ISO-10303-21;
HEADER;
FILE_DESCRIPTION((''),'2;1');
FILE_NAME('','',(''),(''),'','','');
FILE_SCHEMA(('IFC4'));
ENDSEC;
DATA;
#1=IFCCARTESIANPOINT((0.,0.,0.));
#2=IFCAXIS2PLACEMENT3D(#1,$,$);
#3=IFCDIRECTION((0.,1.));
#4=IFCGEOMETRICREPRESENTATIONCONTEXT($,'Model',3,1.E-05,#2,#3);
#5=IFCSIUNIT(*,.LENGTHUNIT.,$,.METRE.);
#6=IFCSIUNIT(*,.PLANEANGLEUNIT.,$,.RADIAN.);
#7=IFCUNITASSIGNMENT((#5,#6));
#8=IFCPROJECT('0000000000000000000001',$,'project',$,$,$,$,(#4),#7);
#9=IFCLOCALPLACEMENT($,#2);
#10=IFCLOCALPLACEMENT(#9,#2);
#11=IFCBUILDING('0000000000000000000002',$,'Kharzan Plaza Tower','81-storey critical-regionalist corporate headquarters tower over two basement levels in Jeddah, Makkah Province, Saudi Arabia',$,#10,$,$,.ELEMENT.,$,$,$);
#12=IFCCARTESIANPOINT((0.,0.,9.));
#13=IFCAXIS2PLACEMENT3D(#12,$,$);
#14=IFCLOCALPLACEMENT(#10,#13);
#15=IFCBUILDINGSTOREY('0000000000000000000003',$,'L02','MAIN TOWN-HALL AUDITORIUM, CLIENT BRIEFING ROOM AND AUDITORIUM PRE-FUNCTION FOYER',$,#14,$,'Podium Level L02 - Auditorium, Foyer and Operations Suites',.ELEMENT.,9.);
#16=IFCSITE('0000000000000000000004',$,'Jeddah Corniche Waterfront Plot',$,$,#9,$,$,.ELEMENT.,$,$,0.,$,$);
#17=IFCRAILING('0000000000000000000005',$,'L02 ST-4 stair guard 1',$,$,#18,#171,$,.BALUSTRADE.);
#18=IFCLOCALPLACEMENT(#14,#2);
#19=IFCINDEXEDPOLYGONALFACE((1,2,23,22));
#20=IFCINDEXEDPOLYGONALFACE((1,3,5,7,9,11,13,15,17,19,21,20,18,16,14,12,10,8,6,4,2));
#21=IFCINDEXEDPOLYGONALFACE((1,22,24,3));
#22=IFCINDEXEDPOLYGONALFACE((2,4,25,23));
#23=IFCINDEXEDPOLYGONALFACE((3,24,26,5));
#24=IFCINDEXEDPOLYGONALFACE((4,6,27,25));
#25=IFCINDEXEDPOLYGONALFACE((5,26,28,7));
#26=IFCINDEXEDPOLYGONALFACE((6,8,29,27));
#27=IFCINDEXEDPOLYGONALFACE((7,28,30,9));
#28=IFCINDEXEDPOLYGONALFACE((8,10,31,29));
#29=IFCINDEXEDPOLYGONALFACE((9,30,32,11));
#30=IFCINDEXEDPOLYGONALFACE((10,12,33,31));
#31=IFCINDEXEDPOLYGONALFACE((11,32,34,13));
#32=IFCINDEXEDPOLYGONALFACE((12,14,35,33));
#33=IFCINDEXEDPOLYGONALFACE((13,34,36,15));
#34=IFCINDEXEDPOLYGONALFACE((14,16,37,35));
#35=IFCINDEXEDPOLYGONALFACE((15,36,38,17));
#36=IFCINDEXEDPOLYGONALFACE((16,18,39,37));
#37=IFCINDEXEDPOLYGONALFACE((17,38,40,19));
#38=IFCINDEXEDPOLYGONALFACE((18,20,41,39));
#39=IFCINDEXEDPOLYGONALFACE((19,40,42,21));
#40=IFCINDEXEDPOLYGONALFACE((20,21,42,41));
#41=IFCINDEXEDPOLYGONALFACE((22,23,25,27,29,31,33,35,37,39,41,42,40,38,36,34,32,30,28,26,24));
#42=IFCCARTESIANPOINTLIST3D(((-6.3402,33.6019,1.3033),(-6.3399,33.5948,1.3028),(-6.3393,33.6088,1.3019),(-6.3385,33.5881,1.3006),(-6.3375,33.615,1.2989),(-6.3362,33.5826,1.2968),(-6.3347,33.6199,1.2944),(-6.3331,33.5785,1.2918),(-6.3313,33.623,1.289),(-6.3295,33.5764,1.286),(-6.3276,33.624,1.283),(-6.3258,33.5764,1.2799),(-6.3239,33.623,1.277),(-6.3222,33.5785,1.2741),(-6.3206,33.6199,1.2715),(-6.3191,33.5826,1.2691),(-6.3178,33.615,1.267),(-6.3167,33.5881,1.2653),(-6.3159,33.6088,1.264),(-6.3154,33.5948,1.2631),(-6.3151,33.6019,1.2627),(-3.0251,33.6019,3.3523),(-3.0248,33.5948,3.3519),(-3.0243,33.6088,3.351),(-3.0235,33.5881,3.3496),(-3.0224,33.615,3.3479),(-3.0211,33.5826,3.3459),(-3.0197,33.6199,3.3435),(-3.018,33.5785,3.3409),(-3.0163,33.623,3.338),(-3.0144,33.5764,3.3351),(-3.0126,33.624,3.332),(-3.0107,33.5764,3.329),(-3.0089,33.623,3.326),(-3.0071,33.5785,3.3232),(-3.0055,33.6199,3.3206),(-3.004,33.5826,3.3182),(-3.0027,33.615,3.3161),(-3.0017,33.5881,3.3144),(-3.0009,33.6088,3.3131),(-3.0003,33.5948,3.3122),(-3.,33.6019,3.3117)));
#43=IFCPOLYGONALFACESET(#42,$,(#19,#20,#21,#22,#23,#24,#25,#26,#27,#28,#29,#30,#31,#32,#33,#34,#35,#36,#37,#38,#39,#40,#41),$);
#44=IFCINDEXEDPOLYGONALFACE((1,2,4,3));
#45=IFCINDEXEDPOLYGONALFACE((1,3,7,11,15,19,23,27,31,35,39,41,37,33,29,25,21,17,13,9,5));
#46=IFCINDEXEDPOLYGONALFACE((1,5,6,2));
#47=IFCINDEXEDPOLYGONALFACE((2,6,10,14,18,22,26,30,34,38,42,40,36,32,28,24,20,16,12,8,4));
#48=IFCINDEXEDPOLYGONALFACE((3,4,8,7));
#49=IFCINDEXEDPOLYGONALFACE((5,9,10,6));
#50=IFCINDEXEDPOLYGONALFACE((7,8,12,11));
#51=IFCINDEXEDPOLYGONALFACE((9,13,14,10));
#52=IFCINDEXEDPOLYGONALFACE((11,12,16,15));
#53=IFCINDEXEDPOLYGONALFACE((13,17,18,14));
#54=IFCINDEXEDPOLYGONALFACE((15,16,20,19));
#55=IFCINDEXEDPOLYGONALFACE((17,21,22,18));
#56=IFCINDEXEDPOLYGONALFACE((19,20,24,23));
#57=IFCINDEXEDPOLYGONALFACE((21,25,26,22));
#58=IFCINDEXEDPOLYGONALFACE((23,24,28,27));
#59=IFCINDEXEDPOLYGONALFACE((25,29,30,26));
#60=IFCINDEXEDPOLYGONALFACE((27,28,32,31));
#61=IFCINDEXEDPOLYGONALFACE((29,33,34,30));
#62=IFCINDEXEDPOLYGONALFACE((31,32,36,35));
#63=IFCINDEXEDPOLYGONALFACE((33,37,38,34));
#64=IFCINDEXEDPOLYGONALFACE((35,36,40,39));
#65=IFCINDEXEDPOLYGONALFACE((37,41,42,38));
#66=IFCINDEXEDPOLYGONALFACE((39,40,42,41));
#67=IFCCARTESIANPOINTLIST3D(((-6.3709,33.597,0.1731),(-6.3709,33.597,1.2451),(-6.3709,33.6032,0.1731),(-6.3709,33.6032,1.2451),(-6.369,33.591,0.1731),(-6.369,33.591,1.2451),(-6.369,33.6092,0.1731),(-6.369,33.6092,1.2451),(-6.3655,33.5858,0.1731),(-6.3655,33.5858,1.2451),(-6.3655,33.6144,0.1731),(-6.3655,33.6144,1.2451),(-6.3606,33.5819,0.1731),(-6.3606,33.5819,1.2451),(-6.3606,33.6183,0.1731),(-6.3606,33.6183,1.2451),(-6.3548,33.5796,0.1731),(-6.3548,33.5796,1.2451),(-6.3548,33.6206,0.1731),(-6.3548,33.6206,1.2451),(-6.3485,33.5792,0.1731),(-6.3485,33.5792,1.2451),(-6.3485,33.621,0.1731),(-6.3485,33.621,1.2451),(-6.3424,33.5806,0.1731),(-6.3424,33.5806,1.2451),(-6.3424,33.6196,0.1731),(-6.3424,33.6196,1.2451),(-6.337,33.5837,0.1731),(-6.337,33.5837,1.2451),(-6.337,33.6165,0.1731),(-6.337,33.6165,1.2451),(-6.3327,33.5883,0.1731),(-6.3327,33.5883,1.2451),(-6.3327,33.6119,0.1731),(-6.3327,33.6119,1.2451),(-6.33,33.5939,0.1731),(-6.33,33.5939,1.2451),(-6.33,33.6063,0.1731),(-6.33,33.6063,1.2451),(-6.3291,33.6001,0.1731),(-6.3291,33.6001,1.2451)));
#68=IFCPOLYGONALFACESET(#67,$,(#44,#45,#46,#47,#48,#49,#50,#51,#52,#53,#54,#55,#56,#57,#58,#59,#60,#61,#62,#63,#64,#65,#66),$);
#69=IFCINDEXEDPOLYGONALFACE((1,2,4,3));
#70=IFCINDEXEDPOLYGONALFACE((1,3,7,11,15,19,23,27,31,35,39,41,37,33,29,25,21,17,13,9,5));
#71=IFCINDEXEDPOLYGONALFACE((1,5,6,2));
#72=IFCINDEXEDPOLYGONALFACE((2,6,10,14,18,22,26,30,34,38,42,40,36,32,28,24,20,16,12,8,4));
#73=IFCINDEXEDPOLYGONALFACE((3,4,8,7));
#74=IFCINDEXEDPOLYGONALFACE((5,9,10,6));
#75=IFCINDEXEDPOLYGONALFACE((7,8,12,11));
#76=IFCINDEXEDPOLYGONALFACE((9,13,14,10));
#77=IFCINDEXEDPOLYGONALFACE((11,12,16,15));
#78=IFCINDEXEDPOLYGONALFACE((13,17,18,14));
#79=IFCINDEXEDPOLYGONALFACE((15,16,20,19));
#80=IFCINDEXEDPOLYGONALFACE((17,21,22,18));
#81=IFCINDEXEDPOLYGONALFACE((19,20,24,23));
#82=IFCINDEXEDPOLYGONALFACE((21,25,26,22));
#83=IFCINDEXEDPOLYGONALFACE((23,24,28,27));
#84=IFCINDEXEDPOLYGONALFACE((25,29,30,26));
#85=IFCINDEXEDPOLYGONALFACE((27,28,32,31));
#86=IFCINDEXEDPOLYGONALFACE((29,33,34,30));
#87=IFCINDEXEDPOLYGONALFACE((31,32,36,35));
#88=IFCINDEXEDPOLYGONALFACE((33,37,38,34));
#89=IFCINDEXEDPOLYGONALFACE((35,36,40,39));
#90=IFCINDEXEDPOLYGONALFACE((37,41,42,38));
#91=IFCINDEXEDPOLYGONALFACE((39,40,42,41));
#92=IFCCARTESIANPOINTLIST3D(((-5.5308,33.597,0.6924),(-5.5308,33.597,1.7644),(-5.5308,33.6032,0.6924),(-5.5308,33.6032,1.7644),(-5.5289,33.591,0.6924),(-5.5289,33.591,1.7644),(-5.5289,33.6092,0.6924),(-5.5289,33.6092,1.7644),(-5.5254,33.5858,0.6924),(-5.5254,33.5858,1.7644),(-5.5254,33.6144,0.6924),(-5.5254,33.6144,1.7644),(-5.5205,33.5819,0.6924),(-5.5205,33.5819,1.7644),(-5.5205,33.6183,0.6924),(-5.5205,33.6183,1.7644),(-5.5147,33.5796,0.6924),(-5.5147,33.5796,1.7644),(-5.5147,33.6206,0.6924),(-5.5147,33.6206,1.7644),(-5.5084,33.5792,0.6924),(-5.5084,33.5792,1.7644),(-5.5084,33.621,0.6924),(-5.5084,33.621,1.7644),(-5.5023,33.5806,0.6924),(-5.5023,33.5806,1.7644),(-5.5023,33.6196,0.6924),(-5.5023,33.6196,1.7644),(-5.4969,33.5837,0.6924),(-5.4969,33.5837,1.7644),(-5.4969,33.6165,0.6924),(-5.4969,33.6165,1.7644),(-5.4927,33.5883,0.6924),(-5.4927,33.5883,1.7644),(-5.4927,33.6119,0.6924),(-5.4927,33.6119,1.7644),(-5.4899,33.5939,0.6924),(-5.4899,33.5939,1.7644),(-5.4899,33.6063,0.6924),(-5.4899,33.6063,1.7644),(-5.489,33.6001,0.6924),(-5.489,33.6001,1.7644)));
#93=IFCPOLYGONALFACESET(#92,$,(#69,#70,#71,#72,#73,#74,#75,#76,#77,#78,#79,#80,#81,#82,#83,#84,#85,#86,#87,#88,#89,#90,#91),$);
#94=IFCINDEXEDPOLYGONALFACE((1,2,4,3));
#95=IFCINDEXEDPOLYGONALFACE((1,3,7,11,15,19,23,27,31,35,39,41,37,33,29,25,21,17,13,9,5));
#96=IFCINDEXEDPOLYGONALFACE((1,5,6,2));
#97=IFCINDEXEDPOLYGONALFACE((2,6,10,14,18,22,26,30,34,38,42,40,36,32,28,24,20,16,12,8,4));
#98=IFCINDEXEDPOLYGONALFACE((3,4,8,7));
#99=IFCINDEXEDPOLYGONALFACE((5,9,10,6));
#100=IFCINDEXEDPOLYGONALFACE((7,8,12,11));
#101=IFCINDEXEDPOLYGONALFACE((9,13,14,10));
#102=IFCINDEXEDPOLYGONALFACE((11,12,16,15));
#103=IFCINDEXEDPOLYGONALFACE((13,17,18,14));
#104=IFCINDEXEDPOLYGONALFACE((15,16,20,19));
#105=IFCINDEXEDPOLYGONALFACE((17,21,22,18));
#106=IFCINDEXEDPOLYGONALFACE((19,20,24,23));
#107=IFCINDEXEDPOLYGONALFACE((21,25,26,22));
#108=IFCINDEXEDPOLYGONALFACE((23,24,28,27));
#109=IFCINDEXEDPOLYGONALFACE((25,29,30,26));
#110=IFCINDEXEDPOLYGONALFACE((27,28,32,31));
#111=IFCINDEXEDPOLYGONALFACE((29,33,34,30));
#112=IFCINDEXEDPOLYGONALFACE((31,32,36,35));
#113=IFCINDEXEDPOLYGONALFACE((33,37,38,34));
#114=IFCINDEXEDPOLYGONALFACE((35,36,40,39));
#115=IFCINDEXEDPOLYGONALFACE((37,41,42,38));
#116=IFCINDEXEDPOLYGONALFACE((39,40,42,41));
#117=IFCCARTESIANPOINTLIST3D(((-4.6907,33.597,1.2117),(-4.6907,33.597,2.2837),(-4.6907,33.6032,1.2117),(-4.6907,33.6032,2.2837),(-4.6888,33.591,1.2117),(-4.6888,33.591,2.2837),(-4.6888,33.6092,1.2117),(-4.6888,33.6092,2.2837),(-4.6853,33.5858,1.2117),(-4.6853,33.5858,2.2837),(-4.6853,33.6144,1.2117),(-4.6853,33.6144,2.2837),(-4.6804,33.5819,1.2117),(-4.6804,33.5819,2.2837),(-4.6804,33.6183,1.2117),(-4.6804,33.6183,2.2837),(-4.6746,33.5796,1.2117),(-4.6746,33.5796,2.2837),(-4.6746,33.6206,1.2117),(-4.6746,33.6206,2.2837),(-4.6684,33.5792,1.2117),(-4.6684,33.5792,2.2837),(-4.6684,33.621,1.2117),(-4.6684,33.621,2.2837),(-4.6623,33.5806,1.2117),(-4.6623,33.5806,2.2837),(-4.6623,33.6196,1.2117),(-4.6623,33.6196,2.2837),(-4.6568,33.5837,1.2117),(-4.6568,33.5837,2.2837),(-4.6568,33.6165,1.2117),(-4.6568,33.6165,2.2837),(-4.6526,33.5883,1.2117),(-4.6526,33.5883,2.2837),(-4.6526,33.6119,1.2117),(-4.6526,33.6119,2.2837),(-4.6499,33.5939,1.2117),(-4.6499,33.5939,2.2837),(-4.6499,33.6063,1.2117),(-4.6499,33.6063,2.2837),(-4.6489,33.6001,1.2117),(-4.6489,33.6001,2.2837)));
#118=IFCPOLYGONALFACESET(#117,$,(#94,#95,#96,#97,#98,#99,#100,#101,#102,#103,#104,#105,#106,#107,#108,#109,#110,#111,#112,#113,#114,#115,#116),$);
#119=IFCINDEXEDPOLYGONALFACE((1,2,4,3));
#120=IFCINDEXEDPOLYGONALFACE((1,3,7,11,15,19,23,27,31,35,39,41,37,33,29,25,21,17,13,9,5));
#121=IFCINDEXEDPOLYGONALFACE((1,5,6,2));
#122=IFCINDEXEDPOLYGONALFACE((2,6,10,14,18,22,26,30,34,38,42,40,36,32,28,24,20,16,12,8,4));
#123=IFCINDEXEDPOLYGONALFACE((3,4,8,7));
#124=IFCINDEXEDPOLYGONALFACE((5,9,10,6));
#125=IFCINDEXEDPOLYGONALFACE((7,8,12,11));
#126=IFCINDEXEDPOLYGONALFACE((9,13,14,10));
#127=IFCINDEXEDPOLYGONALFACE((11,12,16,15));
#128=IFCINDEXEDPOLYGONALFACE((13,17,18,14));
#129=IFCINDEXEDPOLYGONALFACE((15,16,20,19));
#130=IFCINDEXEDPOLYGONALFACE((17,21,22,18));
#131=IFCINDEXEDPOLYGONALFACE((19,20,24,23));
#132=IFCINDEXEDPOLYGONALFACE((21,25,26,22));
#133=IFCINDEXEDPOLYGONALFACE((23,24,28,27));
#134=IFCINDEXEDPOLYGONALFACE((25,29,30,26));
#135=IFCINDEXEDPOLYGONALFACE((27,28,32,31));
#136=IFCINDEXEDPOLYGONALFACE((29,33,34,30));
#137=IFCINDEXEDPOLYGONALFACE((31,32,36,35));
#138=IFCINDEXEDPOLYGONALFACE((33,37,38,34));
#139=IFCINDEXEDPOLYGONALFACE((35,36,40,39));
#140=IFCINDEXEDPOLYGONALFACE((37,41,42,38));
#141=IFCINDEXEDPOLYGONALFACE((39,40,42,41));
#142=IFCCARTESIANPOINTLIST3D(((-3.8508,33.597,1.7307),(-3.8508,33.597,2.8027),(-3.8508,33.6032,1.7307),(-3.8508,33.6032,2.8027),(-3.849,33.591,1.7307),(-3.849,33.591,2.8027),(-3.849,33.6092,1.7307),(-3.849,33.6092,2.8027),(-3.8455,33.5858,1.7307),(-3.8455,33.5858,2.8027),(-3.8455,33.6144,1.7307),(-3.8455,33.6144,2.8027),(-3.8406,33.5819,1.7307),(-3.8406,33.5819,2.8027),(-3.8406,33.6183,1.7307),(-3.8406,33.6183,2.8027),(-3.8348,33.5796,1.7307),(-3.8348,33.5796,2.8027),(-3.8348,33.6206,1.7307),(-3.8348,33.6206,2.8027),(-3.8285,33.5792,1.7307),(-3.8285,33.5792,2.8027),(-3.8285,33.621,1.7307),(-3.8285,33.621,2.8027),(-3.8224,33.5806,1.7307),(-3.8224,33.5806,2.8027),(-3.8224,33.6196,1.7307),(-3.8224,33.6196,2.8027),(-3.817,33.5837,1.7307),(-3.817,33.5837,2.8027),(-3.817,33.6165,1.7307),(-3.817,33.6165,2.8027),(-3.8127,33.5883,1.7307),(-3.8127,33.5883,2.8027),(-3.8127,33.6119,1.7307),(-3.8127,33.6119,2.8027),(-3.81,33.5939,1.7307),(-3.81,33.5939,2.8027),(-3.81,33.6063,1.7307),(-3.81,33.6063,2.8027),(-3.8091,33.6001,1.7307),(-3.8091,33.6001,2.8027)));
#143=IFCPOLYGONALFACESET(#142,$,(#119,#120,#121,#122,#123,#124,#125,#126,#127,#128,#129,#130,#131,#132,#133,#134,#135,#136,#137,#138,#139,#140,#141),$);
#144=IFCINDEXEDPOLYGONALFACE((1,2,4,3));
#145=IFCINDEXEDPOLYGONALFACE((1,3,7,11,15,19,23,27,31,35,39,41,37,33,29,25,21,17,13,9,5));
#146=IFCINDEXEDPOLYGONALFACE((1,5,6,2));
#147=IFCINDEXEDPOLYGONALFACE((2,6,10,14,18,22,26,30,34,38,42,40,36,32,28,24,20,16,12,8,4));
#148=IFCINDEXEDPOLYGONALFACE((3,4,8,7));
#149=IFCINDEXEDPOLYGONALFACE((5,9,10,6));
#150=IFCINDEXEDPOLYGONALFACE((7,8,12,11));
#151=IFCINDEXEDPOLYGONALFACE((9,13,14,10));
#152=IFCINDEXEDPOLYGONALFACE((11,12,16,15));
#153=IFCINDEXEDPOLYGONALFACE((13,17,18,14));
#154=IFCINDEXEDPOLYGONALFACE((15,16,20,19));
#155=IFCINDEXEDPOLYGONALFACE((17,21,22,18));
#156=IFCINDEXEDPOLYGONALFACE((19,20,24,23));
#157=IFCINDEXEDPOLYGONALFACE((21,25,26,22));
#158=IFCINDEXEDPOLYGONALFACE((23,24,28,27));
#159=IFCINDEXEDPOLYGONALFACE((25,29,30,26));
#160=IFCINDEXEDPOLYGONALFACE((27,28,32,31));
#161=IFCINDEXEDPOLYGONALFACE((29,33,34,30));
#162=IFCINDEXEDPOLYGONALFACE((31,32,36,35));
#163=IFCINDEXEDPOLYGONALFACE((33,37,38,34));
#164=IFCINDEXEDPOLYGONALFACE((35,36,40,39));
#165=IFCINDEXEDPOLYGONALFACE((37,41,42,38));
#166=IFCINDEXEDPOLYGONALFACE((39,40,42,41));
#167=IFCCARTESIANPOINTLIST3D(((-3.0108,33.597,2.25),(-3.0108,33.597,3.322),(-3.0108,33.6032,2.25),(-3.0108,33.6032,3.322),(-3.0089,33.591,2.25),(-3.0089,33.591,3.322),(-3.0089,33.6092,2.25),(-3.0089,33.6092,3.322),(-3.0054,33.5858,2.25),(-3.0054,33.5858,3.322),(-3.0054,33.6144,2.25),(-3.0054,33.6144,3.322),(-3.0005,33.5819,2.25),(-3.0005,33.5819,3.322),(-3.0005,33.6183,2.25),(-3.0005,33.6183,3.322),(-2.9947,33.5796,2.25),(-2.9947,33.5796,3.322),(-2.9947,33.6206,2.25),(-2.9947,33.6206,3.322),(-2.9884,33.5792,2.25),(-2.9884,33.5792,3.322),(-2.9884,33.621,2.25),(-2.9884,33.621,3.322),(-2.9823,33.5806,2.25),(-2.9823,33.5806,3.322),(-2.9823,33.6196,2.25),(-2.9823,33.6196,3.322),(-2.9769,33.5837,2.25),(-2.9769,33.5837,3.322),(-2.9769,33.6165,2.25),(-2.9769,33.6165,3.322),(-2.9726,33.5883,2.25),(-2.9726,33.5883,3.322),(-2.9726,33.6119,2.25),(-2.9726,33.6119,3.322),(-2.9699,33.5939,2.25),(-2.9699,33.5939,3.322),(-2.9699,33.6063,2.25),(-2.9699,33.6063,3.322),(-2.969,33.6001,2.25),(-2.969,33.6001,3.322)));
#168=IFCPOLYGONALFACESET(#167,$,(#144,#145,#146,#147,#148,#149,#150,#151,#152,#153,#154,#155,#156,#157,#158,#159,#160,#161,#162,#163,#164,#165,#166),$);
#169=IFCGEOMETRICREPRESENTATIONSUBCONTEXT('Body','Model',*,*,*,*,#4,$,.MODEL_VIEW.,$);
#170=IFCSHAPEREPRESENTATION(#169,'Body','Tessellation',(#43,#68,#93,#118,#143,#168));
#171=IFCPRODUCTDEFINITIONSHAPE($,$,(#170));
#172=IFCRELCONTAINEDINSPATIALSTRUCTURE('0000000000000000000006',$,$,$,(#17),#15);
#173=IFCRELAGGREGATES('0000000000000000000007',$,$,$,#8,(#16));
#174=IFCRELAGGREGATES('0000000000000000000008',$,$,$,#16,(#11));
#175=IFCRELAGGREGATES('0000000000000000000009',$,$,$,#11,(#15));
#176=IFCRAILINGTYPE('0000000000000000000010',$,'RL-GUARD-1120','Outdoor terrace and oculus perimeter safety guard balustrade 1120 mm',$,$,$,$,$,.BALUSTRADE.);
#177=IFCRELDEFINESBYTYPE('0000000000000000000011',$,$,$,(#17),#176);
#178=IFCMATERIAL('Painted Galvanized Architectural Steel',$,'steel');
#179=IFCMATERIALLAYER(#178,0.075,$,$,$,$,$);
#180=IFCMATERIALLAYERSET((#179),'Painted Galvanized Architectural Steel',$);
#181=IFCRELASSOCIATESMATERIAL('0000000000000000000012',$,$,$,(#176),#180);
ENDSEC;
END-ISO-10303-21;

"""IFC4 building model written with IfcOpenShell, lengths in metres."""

from ifc_helpers import new_model, si_unit, direction, frame, origin, origin_2d, place, context, subcontext, project, spatial, circle, extrude, source, transform, mapped, material, layer, layer_set, type_object, element, save


model = new_model("IFC4")

# Units and contexts
model_context = context("Model", 3, precision=1e-05, world=origin(), true_north=direction((0.0, 1.0)))
body_context = subcontext(model_context, "Body", "Model", "MODEL_VIEW")
ifc_project = project(units=[si_unit("LENGTHUNIT", "METRE"), si_unit("PLANEANGLEUNIT", "RADIAN")], contexts=[model_context])

# Site, building, storey
site_placement = place(None, origin())
site = spatial("IfcSite", under=ifc_project, at=site_placement, Name="Jeddah Corniche Waterfront Plot", CompositionType="ELEMENT", RefElevation=0.0)
building_placement = place(site_placement, origin())
building = spatial("IfcBuilding", under=site, at=building_placement, Name="Kharzan Plaza Tower", Description="81-storey critical-regionalist corporate headquarters tower over two basement levels in Jeddah, Makkah Province, Saudi Arabia", CompositionType="ELEMENT")
storey_placement = place(building_placement, frame((0.0, 0.0, 9.0)))
storey = spatial("IfcBuildingStorey", under=building, at=storey_placement, Name="L02", Description="MAIN TOWN-HALL AUDITORIUM, CLIENT BRIEFING ROOM AND AUDITORIUM PRE-FUNCTION FOYER", LongName="Podium Level L02 - Auditorium, Foyer and Operations Suites", CompositionType="ELEMENT", Elevation=9.0)

# Railing
ifc_material_1 = material(Name="Painted Galvanized Architectural Steel", Category="steel")
ifc_layer_1 = layer(ifc_material_1, 0.075)
ifc_layer_set_1 = layer_set([ifc_layer_1], Name="Painted Galvanized Architectural Steel")
railing_type_1 = type_object("IfcRailingType", Name="RL-GUARD-1120", Description="Outdoor terrace and oculus perimeter safety guard balustrade 1120 mm", PredefinedType="BALUSTRADE", material=ifc_layer_set_1)
shared_shape_1 = source(origin(), body_context, "Body", "SweptSolid", [
    extrude(circle(Radius=0.0239, at=origin_2d()), frame((0.0225, 0.0, 1.1099), z_axis=(0.850623, 0.0, 0.525776), x_axis=(0.0, 1.0, 0.0)), (0.0, 0.0, 1.0), 3.8972),
    extrude(circle(Radius=0.021, at=origin_2d()), origin(), (0.0, 0.0, 1.0), 1.072),
    extrude(circle(Radius=0.021, at=origin_2d()), frame((0.8401, 0.0, 0.5193)), (0.0, 0.0, 1.0), 1.072),
    extrude(circle(Radius=0.021, at=origin_2d()), frame((1.6802, 0.0, 1.0386)), (0.0, 0.0, 1.0), 1.072),
    extrude(circle(Radius=0.021, at=origin_2d()), frame((2.52, 0.0, 1.5576)), (0.0, 0.0, 1.0), 1.072),
    extrude(circle(Radius=0.021, at=origin_2d()), frame((3.3601, 0.0, 2.0769)), (0.0, 0.0, 1.0), 1.072),
])
railing_1_placement = place(storey_placement, frame((-6.3501, 33.6001, 0.1731)))
element("IfcRailing", 1, at=railing_1_placement, inside=storey, type_object=railing_type_1, Name="L02 ST-4 stair guard 1", PredefinedType="BALUSTRADE", context=body_context, shape_type="MappedRepresentation", body=[
    mapped(shared_shape_1, transform((0.0, 0.0, 0.0), x_axis=(1.0, 0.0, 0.0), y_axis=(0.0, 1.0, 0.0), z_axis=(0.0, 0.0, 1.0))),
])

save(model, "model.ifc")
